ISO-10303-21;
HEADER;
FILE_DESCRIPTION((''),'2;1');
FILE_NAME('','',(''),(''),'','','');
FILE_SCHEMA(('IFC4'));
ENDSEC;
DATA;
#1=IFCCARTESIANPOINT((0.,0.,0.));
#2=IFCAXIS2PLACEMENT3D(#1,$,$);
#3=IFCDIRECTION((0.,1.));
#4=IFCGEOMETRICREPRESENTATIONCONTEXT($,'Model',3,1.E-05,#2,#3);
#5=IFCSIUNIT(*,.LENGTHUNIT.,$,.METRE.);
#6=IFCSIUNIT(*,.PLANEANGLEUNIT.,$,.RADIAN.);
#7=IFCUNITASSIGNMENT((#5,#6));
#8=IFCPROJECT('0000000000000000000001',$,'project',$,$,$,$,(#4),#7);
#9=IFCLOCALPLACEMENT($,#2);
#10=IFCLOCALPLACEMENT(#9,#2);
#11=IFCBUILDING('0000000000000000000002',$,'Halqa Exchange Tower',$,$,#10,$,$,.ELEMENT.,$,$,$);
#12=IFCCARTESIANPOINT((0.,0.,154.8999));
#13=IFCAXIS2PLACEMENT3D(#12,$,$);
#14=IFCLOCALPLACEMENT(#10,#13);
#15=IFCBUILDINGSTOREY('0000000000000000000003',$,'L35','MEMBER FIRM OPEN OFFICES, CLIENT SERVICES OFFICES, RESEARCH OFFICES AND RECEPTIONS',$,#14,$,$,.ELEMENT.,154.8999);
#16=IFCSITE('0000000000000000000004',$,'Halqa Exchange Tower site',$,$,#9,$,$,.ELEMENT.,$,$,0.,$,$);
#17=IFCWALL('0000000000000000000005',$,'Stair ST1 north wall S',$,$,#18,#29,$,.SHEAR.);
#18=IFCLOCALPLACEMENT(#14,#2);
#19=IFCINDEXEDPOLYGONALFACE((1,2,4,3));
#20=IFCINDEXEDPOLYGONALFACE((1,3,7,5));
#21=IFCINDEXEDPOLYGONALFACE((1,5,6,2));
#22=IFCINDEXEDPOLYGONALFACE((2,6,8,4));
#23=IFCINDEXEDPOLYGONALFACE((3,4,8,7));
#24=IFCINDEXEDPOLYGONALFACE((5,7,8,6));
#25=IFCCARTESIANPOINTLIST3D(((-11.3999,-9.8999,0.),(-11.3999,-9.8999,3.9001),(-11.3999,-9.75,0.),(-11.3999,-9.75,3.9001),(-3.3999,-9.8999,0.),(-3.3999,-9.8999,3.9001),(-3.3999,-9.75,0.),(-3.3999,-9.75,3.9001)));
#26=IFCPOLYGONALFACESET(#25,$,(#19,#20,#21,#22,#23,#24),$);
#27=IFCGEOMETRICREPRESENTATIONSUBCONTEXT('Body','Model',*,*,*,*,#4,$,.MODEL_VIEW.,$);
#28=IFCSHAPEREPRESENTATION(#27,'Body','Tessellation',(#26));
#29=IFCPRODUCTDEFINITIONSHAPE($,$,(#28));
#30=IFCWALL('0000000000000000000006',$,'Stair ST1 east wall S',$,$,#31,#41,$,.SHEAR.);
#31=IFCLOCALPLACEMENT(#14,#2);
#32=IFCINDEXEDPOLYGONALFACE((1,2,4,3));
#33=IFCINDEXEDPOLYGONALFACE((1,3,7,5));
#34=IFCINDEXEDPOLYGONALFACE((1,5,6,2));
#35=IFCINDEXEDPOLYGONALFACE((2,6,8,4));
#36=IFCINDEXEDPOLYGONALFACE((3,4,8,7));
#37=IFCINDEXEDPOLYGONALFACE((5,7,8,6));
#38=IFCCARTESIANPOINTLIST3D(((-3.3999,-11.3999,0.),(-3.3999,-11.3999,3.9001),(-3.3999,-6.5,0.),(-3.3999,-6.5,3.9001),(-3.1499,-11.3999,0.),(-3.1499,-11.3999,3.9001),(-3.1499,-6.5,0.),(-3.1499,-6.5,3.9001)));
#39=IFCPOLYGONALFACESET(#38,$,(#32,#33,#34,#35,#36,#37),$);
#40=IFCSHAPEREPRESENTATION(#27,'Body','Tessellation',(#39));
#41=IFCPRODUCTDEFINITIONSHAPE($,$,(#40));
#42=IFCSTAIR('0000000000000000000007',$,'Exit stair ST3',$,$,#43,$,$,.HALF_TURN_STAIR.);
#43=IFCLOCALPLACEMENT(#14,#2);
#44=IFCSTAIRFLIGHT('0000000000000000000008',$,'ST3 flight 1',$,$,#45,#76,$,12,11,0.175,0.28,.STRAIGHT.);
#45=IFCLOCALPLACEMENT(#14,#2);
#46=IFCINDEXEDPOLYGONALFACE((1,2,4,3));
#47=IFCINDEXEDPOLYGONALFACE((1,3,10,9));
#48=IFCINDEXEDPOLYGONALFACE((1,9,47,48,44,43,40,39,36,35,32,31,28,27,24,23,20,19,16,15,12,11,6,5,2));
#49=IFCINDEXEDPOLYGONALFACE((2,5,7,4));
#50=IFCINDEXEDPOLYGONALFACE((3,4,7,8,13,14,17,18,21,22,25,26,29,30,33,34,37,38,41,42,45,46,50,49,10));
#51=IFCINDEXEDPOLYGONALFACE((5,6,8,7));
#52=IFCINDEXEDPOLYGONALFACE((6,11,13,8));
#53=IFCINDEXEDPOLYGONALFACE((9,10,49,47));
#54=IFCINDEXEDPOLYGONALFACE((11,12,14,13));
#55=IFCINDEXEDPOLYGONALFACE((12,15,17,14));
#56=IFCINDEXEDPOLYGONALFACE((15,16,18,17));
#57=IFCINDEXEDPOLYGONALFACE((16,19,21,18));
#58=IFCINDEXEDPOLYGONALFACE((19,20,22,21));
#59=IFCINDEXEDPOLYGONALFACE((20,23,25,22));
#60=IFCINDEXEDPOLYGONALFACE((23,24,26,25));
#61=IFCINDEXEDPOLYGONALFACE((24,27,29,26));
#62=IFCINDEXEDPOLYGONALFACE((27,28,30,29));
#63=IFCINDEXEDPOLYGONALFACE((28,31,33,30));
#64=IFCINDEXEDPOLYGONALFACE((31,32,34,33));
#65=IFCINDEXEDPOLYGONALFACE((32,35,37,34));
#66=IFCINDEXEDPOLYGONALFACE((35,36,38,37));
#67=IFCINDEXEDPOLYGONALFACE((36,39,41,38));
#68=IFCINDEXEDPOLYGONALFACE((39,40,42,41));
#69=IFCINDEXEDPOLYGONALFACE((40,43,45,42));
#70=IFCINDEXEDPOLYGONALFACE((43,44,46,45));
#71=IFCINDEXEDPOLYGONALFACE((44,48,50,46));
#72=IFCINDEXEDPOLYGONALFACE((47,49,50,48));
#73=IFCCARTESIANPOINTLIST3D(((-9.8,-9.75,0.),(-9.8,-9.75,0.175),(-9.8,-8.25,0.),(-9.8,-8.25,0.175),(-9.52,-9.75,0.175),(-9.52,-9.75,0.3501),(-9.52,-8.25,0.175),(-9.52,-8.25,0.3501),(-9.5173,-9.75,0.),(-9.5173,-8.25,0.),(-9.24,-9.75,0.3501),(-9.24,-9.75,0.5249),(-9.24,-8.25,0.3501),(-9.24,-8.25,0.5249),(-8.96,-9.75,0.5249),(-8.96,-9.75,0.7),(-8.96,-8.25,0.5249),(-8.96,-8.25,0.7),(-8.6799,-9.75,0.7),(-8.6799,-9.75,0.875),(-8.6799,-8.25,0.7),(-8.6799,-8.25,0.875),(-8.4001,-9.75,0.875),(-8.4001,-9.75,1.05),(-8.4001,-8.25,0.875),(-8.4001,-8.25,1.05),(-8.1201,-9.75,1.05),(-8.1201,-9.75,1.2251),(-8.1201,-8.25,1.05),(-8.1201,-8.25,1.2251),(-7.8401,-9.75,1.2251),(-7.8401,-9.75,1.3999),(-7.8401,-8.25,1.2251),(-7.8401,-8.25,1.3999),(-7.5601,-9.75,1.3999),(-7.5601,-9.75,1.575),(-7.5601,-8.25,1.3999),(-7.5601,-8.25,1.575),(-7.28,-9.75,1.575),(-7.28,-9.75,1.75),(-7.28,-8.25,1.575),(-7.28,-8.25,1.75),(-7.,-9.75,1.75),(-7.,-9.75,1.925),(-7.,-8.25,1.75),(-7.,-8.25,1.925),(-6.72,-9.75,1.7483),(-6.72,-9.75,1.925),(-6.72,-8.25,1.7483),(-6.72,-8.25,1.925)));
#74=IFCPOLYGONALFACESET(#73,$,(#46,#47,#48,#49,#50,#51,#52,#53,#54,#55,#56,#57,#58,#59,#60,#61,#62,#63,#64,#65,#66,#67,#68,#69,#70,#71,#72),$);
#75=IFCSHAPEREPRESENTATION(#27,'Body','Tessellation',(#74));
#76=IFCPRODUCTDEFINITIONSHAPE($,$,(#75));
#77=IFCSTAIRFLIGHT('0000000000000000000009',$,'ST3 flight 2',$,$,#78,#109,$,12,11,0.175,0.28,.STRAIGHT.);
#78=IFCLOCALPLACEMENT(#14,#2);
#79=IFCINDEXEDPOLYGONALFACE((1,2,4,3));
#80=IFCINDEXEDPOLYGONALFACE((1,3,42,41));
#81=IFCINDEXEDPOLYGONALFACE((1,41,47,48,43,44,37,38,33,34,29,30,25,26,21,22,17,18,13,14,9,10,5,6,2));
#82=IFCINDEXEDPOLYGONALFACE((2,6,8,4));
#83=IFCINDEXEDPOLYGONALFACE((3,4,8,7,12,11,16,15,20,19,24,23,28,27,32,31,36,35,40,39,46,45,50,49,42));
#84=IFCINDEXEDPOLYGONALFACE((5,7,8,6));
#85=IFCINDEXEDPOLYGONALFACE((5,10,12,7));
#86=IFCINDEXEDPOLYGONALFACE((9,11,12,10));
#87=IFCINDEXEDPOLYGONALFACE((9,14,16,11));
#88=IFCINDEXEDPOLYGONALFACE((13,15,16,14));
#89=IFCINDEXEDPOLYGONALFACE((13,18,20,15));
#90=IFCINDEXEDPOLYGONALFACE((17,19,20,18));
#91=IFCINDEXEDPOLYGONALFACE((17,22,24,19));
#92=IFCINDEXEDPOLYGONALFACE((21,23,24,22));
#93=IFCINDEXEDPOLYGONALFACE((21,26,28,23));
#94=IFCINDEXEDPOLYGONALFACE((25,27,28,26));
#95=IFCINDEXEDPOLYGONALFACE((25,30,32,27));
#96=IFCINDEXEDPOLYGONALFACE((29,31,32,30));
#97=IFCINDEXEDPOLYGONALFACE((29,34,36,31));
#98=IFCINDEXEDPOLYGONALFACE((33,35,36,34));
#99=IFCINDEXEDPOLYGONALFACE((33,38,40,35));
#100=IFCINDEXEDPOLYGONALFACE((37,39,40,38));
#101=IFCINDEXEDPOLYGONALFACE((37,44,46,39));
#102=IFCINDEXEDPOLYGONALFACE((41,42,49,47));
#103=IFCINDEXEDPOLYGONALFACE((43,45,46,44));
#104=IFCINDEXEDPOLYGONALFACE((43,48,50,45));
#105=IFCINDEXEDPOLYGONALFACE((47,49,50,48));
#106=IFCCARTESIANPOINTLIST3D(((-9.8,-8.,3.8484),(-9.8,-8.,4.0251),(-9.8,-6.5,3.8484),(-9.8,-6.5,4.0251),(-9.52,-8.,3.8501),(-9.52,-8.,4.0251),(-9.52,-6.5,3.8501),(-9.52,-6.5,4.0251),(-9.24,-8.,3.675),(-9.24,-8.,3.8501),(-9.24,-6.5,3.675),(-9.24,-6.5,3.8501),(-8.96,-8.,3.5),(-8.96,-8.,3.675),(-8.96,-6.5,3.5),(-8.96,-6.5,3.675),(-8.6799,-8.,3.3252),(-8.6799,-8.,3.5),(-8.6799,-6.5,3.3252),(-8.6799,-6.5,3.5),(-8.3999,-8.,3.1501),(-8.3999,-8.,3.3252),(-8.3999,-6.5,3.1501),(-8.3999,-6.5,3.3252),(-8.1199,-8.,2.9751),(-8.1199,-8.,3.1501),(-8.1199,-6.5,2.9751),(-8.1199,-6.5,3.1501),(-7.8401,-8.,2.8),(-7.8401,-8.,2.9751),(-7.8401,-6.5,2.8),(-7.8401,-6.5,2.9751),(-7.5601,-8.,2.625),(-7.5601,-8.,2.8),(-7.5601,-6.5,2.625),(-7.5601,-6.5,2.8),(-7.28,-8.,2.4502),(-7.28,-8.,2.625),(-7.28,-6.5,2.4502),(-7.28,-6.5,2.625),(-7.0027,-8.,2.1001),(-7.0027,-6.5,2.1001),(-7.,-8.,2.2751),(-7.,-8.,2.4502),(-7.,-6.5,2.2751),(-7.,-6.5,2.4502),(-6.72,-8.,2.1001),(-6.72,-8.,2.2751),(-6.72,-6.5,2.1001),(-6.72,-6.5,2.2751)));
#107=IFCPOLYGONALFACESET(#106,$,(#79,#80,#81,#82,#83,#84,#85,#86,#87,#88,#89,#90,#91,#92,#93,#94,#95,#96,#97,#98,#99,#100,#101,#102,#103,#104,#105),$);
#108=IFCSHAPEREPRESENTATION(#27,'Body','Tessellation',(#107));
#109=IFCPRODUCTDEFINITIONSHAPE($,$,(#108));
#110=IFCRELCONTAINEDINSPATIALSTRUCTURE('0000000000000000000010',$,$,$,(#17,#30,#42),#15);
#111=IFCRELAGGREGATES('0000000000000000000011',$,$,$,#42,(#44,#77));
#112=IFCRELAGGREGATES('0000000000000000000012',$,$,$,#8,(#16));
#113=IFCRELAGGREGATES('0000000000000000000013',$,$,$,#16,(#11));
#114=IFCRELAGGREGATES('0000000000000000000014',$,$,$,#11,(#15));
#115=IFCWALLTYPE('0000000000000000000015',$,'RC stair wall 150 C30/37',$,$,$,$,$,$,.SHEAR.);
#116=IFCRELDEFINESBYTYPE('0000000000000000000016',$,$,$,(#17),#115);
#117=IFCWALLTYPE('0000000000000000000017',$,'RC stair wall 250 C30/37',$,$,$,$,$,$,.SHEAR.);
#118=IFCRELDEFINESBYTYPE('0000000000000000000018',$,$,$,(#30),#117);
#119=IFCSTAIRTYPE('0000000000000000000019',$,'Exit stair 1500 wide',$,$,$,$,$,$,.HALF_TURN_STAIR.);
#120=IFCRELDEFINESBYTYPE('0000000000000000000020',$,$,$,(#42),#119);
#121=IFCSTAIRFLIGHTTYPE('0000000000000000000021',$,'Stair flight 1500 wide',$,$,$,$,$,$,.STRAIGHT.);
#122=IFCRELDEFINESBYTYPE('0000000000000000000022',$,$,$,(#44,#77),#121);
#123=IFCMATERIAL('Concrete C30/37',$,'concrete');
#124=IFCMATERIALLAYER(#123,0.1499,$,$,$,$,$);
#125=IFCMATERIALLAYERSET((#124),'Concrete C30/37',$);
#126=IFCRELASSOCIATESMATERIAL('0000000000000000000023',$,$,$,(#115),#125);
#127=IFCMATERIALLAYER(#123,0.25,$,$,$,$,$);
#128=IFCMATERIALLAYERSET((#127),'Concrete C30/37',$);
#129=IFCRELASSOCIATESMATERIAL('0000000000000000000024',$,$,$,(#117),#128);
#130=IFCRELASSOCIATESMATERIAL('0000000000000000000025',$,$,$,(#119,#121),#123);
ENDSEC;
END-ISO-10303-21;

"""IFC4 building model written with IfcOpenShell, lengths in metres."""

from ifc_helpers import new_model, si_unit, direction, frame, frame_2d, origin, place, context, subcontext, project, spatial, polyline, rectangle, outline, extrude, material, layer, layer_set, type_object, element, aggregate, save


model = new_model("IFC4")

# Units and contexts
model_context = context("Model", 3, precision=1e-05, world=origin(), true_north=direction((0.0, 1.0)))
body_context = subcontext(model_context, "Body", "Model", "MODEL_VIEW")
ifc_project = project(units=[si_unit("LENGTHUNIT", "METRE"), si_unit("PLANEANGLEUNIT", "RADIAN")], contexts=[model_context])

# Site, building, storey
site_placement = place(None, origin())
site = spatial("IfcSite", under=ifc_project, at=site_placement, Name="Halqa Exchange Tower site", CompositionType="ELEMENT", RefElevation=0.0)
building_placement = place(site_placement, origin())
building = spatial("IfcBuilding", under=site, at=building_placement, Name="Halqa Exchange Tower", CompositionType="ELEMENT")
storey_placement = place(building_placement, frame((0.0, 0.0, 154.8999)))
storey = spatial("IfcBuildingStorey", under=building, at=storey_placement, Name="L35", Description="MEMBER FIRM OPEN OFFICES, CLIENT SERVICES OFFICES, RESEARCH OFFICES AND RECEPTIONS", CompositionType="ELEMENT", Elevation=154.8999)

# Walls
ifc_material_1 = material(Name="Concrete C30/37", Category="concrete")
ifc_layer_1 = layer(ifc_material_1, 0.1499)
ifc_layer_set_1 = layer_set([ifc_layer_1], Name="Concrete C30/37")
wall_type_1 = type_object("IfcWallType", Name="RC stair wall 150 C30/37", PredefinedType="SHEAR", material=ifc_layer_set_1)
wall_1_placement = place(storey_placement, frame((-11.3999, -9.825, 0.0), z_axis=(0.0, 0.0, 1.0), x_axis=(1.0, 0.0, 0.0)))
element("IfcWall", 1, at=wall_1_placement, inside=storey, type_object=wall_type_1, Name="Stair ST1 north wall S", PredefinedType="SHEAR", context=body_context, shape_type="SweptSolid", body=[
    extrude(rectangle(XDim=8.0, YDim=0.1499, at=frame_2d((4.0, 0.0))), origin(), (0.0, 0.0, 1.0), 3.9001),
])
ifc_layer_2 = layer(ifc_material_1, 0.25)
ifc_layer_set_2 = layer_set([ifc_layer_2], Name="Concrete C30/37")
wall_type_2 = type_object("IfcWallType", Name="RC stair wall 250 C30/37", PredefinedType="SHEAR", material=ifc_layer_set_2)
wall_2_placement = place(storey_placement, frame((-3.2749, -11.3999, 0.0), z_axis=(0.0, 0.0, 1.0), x_axis=(0.0, 1.0, 0.0)))
element("IfcWall", 2, at=wall_2_placement, inside=storey, type_object=wall_type_2, Name="Stair ST1 east wall S", PredefinedType="SHEAR", context=body_context, shape_type="SweptSolid", body=[
    extrude(rectangle(XDim=4.8999, YDim=0.25, at=frame_2d((2.45, 0.0))), origin(), (0.0, 0.0, 1.0), 3.9001),
])

# Stair, stair flights
stair_type = type_object("IfcStairType", Name="Exit stair 1500 wide", PredefinedType="HALF_TURN_STAIR", material=ifc_material_1)
stair_placement = place(storey_placement, origin())
stair = element("IfcStair", 3, at=stair_placement, inside=storey, type_object=stair_type, Name="Exit stair ST3", PredefinedType="HALF_TURN_STAIR")
stair_flight_type = type_object("IfcStairFlightType", Name="Stair flight 1500 wide", PredefinedType="STRAIGHT", material=ifc_material_1)
stair_flight_1_placement = place(storey_placement, frame((-9.8, -9.0, 0.0), z_axis=(0.0, 0.0, 1.0), x_axis=(1.0, 0.0, 0.0)))
stair_flight_1 = element("IfcStairFlight", 4, at=stair_flight_1_placement, type_object=stair_flight_type, Name="ST3 flight 1", NumberOfRisers=12, NumberOfTreads=11, PredefinedType="STRAIGHT", RiserHeight=0.175, TreadLength=0.28, context=body_context, shape_type="SweptSolid", body=[
    extrude(outline(polyline([(0.0, 0.0), (0.0, 0.175), (0.28, 0.175), (0.28, 0.3501), (0.5601, 0.3501), (0.5601, 0.5249), (0.8401, 0.5249), (0.8401, 0.7), (1.1201, 0.7), (1.1201, 0.875), (1.3999, 0.875), (1.3999, 1.05), (1.6799, 1.05), (1.6799, 1.2251), (1.96, 1.2251), (1.96, 1.3999), (2.24, 1.3999), (2.24, 1.575), (2.52, 1.575), (2.52, 1.75), (2.8, 1.75), (2.8, 1.925), (3.0801, 1.925), (3.0801, 2.1001), (3.0801, 1.7483), (0.2827, 0.0), (0.0, 0.0)])), frame((0.0, 0.75, 0.0), z_axis=(0.0, -1.0, 0.0), x_axis=(1.0, 0.0, 0.0)), (0.0, 0.0, 1.0), 1.5),
])
stair_flight_2_placement = place(storey_placement, frame((-6.72, -7.25, 2.1001), z_axis=(0.0, 0.0, 1.0), x_axis=(-1.0, 0.0, 0.0)))
stair_flight_2 = element("IfcStairFlight", 5, at=stair_flight_2_placement, type_object=stair_flight_type, Name="ST3 flight 2", NumberOfRisers=12, NumberOfTreads=11, PredefinedType="STRAIGHT", RiserHeight=0.175, TreadLength=0.28, context=body_context, shape_type="SweptSolid", body=[
    extrude(outline(polyline([(0.0, 0.0), (0.0, 0.175), (0.28, 0.175), (0.28, 0.3501), (0.5601, 0.3501), (0.5601, 0.5249), (0.8401, 0.5249), (0.8401, 0.7), (1.1201, 0.7), (1.1201, 0.875), (1.3999, 0.875), (1.3999, 1.05), (1.6799, 1.05), (1.6799, 1.2251), (1.96, 1.2251), (1.96, 1.3999), (2.24, 1.3999), (2.24, 1.575), (2.52, 1.575), (2.52, 1.75), (2.8, 1.75), (2.8, 1.925), (3.0801, 1.925), (3.0801, 2.1001), (3.0801, 1.7483), (0.2827, 0.0), (0.0, 0.0)])), frame((0.0, 0.75, 0.0), z_axis=(0.0, -1.0, 0.0), x_axis=(1.0, 0.0, 0.0)), (0.0, 0.0, 1.0), 1.5),
])
aggregate(stair, [stair_flight_1, stair_flight_2])

save(model, "model.ifc")
